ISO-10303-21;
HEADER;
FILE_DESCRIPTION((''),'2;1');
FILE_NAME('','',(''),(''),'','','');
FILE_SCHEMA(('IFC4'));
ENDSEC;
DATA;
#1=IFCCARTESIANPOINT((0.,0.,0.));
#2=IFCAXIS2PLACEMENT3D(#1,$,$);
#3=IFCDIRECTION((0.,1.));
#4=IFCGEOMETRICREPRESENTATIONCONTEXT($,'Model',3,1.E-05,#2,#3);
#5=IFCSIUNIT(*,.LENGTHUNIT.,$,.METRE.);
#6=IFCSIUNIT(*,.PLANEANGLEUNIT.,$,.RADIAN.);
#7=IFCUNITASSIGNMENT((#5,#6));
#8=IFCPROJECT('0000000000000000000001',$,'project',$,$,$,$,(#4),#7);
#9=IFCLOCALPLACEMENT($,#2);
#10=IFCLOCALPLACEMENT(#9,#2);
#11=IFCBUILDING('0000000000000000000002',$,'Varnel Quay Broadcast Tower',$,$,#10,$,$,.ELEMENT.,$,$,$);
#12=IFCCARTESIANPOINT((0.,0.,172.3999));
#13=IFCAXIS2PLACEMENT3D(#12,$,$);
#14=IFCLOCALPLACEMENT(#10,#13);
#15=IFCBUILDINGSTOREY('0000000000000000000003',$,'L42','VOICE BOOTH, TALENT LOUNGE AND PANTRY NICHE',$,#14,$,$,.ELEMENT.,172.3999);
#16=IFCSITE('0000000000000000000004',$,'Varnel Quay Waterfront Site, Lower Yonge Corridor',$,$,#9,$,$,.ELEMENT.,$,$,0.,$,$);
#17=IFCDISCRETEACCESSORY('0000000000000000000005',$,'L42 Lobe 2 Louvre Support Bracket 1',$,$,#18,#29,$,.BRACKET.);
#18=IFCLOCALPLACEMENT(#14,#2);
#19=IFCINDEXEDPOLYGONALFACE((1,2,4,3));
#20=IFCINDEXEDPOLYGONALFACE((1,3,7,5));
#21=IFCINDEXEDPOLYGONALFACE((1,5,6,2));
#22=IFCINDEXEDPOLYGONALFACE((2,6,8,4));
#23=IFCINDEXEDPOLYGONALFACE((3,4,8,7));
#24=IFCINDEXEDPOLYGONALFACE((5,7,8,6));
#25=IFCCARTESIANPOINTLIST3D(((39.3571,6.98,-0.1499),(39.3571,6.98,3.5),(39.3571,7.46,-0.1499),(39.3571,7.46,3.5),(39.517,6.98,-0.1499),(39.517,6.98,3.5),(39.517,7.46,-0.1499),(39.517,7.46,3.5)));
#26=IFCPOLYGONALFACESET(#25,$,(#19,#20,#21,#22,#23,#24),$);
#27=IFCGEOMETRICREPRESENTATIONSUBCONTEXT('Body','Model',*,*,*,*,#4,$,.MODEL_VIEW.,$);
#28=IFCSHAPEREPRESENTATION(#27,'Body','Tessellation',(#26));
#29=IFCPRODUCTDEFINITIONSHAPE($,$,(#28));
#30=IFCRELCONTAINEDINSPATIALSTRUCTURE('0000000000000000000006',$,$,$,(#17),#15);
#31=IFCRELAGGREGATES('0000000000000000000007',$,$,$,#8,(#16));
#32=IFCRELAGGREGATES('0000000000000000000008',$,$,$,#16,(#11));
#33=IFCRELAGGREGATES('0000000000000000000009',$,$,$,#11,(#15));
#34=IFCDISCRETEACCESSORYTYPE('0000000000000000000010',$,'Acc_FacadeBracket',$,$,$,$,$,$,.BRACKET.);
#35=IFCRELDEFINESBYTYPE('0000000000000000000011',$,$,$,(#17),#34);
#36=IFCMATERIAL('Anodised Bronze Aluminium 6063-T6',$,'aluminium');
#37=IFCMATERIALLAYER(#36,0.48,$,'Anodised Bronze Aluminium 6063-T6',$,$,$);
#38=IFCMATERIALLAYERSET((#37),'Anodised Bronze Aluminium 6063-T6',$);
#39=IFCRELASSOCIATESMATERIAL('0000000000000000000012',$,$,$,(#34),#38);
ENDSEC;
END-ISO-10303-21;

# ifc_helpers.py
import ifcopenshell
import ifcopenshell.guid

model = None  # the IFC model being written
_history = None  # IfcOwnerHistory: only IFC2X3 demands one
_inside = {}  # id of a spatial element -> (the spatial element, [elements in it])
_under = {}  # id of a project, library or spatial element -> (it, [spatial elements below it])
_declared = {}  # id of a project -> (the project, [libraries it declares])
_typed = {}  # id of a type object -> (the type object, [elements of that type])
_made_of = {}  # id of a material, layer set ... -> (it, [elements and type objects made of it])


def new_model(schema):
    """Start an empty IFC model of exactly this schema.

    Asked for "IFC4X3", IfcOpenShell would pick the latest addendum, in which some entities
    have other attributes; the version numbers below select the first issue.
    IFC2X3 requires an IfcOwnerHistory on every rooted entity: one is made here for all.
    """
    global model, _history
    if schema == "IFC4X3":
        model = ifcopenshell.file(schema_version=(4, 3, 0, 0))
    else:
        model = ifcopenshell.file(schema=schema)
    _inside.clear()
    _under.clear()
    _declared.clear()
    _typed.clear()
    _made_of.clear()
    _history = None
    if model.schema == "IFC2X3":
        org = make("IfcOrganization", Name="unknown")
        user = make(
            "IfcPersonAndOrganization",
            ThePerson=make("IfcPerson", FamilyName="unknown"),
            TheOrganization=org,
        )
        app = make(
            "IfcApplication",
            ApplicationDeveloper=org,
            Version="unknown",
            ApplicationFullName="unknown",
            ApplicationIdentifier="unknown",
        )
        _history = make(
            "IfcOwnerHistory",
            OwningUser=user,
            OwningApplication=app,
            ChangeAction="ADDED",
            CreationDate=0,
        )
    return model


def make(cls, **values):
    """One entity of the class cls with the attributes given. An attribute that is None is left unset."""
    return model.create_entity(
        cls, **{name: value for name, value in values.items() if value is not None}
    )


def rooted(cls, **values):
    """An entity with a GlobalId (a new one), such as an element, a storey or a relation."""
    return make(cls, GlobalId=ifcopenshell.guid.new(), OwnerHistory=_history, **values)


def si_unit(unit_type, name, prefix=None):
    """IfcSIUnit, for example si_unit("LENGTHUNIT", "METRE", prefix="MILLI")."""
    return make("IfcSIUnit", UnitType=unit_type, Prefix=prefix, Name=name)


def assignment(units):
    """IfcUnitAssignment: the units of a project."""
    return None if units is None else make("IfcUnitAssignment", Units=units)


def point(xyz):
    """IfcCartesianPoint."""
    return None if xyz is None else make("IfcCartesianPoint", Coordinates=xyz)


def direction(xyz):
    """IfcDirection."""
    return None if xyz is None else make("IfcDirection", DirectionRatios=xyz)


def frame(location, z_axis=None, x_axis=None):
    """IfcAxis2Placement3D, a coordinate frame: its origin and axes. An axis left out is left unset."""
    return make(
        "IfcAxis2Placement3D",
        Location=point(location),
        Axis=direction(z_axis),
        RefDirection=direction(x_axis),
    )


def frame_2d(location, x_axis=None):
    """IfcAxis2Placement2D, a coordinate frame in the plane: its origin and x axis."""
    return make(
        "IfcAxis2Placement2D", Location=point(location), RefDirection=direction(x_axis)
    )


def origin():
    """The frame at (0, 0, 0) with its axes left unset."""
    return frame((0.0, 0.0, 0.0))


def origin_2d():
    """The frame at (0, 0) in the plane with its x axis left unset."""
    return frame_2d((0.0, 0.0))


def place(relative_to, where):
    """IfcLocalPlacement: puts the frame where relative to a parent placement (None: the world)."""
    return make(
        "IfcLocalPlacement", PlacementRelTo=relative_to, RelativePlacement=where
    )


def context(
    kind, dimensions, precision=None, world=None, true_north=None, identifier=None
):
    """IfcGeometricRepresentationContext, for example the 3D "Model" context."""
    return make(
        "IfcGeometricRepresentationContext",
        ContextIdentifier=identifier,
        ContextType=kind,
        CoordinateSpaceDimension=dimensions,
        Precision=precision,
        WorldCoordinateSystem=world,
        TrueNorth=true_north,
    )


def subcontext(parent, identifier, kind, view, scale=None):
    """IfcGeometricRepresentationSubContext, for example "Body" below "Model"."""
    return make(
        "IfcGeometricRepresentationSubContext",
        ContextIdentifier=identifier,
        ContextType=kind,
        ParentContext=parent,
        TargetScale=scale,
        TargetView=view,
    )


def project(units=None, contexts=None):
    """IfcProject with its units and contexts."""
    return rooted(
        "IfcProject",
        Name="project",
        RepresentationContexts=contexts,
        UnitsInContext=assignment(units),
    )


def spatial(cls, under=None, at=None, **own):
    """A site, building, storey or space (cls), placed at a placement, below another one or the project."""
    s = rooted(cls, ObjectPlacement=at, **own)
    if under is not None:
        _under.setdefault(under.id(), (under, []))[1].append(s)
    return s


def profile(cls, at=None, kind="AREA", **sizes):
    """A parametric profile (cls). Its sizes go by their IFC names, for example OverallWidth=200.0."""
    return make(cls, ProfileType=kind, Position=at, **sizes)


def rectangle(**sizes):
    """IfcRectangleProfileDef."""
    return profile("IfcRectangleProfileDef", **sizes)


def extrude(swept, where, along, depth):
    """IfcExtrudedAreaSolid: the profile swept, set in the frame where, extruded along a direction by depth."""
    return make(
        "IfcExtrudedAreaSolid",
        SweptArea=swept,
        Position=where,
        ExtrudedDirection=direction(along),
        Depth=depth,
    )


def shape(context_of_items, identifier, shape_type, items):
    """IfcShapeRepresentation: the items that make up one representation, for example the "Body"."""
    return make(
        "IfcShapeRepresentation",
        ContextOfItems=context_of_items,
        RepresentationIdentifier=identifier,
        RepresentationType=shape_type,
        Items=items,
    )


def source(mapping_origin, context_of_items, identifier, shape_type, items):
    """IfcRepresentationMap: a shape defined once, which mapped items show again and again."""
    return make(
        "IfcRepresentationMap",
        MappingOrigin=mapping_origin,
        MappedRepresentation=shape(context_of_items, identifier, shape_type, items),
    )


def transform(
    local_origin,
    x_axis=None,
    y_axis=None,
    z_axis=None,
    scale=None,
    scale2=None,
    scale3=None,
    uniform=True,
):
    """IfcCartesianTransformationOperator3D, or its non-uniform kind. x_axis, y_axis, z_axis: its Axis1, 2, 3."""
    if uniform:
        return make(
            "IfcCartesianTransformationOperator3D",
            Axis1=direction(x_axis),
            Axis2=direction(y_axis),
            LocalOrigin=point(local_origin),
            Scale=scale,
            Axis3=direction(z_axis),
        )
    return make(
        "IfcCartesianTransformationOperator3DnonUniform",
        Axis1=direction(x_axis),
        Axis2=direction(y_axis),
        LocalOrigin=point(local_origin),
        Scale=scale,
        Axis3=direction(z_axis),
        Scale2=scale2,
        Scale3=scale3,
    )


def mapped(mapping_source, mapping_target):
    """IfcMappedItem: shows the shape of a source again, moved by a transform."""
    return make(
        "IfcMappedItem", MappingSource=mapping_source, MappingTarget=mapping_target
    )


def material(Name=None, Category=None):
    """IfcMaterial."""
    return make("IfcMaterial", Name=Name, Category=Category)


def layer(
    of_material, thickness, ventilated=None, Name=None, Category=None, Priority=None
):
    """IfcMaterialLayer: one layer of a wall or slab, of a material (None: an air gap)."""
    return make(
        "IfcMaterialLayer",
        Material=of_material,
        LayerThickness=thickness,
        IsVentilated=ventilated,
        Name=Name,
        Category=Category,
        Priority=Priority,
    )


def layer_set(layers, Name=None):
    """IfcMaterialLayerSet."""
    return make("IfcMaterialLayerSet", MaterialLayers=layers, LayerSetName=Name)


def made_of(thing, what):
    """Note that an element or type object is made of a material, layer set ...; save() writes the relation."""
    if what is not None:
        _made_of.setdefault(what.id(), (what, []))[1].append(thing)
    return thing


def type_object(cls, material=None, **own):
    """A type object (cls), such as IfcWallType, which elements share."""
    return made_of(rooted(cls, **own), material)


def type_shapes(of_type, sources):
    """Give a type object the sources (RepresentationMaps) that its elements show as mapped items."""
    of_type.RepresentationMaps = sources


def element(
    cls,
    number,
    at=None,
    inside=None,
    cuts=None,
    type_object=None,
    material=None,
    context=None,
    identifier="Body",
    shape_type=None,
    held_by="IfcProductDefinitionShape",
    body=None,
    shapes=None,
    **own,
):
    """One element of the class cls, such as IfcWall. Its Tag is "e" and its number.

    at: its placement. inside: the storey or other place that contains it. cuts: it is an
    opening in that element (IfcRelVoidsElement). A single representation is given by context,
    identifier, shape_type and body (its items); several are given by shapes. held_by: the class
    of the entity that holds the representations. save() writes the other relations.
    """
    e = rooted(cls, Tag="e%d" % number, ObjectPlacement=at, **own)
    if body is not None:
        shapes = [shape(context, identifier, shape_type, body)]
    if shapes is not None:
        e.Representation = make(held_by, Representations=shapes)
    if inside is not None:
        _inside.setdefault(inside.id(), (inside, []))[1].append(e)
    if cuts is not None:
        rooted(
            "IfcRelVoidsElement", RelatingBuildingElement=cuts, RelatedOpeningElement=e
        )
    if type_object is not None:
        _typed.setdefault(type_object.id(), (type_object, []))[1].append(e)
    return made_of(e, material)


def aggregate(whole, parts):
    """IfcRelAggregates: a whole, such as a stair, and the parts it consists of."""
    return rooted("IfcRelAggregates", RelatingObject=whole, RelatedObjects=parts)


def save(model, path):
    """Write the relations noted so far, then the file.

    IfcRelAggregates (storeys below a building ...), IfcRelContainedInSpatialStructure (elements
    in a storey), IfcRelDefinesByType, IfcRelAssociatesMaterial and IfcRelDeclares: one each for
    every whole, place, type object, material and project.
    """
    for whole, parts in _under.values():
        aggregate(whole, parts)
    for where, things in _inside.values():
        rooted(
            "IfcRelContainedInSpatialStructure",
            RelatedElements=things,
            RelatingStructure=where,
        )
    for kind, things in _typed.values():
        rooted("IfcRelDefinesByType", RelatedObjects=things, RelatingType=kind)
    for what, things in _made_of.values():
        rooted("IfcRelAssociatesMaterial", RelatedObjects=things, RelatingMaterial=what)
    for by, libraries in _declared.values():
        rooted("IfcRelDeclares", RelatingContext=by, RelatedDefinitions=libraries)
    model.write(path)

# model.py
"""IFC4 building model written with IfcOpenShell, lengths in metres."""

from ifc_helpers import new_model, si_unit, direction, frame, origin, origin_2d, place, context, subcontext, project, spatial, rectangle, extrude, source, transform, mapped, material, layer, layer_set, type_object, type_shapes, element, save


model = new_model("IFC4")

# Units and contexts
model_context = context("Model", 3, precision=1e-05, world=origin(), true_north=direction((0.0, 1.0)))
body_context = subcontext(model_context, "Body", "Model", "MODEL_VIEW")
ifc_project = project(units=[si_unit("LENGTHUNIT", "METRE"), si_unit("PLANEANGLEUNIT", "RADIAN")], contexts=[model_context])

# Site, building, storey
site_placement = place(None, origin())
site = spatial("IfcSite", under=ifc_project, at=site_placement, Name="Varnel Quay Waterfront Site, Lower Yonge Corridor", CompositionType="ELEMENT", RefElevation=0.0)
building_placement = place(site_placement, origin())
building = spatial("IfcBuilding", under=site, at=building_placement, Name="Varnel Quay Broadcast Tower", CompositionType="ELEMENT")
storey_placement = place(building_placement, frame((0.0, 0.0, 172.3999)))
storey = spatial("IfcBuildingStorey", under=building, at=storey_placement, Name="L42", Description="VOICE BOOTH, TALENT LOUNGE AND PANTRY NICHE", CompositionType="ELEMENT", Elevation=172.3999)

# Shared definitions
ifc_material_1 = material(Name="Anodised Bronze Aluminium 6063-T6", Category="aluminium")

# Discrete accessory
ifc_layer_1 = layer(ifc_material_1, 0.48, Name="Anodised Bronze Aluminium 6063-T6")
ifc_layer_set_1 = layer_set([ifc_layer_1], Name="Anodised Bronze Aluminium 6063-T6")
discrete_accessory_type = type_object("IfcDiscreteAccessoryType", Name="Acc_FacadeBracket", PredefinedType="BRACKET", material=ifc_layer_set_1)
shared_shape_1 = source(origin(), body_context, "Body", "SweptSolid", [
    extrude(rectangle(XDim=0.1599, YDim=0.48, at=origin_2d()), origin(), (0.0, 0.0, 1.0), 3.6499),
])
type_shapes(discrete_accessory_type, [shared_shape_1])
for number, where, z_axis, x_axis, name in (
    (1, (39.437, 7.22, -0.1499), (0.0, 0.0, 1.0), (1.0, 0.0, 0.0), "L42 Lobe 2 Louvre Support Bracket 1"),
):
    element("IfcDiscreteAccessory", number, at=place(storey_placement, frame(where, z_axis=z_axis, x_axis=x_axis)), inside=storey, type_object=discrete_accessory_type, Name=name, PredefinedType="BRACKET", context=body_context, shape_type="MappedRepresentation", body=[
        mapped(shared_shape_1, transform((0.0, 0.0, 0.0), x_axis=(1.0, 0.0, 0.0), y_axis=(0.0, 1.0, 0.0), z_axis=(0.0, 0.0, 1.0), scale=1.0)),
    ])

save(model, "model.ifc")
